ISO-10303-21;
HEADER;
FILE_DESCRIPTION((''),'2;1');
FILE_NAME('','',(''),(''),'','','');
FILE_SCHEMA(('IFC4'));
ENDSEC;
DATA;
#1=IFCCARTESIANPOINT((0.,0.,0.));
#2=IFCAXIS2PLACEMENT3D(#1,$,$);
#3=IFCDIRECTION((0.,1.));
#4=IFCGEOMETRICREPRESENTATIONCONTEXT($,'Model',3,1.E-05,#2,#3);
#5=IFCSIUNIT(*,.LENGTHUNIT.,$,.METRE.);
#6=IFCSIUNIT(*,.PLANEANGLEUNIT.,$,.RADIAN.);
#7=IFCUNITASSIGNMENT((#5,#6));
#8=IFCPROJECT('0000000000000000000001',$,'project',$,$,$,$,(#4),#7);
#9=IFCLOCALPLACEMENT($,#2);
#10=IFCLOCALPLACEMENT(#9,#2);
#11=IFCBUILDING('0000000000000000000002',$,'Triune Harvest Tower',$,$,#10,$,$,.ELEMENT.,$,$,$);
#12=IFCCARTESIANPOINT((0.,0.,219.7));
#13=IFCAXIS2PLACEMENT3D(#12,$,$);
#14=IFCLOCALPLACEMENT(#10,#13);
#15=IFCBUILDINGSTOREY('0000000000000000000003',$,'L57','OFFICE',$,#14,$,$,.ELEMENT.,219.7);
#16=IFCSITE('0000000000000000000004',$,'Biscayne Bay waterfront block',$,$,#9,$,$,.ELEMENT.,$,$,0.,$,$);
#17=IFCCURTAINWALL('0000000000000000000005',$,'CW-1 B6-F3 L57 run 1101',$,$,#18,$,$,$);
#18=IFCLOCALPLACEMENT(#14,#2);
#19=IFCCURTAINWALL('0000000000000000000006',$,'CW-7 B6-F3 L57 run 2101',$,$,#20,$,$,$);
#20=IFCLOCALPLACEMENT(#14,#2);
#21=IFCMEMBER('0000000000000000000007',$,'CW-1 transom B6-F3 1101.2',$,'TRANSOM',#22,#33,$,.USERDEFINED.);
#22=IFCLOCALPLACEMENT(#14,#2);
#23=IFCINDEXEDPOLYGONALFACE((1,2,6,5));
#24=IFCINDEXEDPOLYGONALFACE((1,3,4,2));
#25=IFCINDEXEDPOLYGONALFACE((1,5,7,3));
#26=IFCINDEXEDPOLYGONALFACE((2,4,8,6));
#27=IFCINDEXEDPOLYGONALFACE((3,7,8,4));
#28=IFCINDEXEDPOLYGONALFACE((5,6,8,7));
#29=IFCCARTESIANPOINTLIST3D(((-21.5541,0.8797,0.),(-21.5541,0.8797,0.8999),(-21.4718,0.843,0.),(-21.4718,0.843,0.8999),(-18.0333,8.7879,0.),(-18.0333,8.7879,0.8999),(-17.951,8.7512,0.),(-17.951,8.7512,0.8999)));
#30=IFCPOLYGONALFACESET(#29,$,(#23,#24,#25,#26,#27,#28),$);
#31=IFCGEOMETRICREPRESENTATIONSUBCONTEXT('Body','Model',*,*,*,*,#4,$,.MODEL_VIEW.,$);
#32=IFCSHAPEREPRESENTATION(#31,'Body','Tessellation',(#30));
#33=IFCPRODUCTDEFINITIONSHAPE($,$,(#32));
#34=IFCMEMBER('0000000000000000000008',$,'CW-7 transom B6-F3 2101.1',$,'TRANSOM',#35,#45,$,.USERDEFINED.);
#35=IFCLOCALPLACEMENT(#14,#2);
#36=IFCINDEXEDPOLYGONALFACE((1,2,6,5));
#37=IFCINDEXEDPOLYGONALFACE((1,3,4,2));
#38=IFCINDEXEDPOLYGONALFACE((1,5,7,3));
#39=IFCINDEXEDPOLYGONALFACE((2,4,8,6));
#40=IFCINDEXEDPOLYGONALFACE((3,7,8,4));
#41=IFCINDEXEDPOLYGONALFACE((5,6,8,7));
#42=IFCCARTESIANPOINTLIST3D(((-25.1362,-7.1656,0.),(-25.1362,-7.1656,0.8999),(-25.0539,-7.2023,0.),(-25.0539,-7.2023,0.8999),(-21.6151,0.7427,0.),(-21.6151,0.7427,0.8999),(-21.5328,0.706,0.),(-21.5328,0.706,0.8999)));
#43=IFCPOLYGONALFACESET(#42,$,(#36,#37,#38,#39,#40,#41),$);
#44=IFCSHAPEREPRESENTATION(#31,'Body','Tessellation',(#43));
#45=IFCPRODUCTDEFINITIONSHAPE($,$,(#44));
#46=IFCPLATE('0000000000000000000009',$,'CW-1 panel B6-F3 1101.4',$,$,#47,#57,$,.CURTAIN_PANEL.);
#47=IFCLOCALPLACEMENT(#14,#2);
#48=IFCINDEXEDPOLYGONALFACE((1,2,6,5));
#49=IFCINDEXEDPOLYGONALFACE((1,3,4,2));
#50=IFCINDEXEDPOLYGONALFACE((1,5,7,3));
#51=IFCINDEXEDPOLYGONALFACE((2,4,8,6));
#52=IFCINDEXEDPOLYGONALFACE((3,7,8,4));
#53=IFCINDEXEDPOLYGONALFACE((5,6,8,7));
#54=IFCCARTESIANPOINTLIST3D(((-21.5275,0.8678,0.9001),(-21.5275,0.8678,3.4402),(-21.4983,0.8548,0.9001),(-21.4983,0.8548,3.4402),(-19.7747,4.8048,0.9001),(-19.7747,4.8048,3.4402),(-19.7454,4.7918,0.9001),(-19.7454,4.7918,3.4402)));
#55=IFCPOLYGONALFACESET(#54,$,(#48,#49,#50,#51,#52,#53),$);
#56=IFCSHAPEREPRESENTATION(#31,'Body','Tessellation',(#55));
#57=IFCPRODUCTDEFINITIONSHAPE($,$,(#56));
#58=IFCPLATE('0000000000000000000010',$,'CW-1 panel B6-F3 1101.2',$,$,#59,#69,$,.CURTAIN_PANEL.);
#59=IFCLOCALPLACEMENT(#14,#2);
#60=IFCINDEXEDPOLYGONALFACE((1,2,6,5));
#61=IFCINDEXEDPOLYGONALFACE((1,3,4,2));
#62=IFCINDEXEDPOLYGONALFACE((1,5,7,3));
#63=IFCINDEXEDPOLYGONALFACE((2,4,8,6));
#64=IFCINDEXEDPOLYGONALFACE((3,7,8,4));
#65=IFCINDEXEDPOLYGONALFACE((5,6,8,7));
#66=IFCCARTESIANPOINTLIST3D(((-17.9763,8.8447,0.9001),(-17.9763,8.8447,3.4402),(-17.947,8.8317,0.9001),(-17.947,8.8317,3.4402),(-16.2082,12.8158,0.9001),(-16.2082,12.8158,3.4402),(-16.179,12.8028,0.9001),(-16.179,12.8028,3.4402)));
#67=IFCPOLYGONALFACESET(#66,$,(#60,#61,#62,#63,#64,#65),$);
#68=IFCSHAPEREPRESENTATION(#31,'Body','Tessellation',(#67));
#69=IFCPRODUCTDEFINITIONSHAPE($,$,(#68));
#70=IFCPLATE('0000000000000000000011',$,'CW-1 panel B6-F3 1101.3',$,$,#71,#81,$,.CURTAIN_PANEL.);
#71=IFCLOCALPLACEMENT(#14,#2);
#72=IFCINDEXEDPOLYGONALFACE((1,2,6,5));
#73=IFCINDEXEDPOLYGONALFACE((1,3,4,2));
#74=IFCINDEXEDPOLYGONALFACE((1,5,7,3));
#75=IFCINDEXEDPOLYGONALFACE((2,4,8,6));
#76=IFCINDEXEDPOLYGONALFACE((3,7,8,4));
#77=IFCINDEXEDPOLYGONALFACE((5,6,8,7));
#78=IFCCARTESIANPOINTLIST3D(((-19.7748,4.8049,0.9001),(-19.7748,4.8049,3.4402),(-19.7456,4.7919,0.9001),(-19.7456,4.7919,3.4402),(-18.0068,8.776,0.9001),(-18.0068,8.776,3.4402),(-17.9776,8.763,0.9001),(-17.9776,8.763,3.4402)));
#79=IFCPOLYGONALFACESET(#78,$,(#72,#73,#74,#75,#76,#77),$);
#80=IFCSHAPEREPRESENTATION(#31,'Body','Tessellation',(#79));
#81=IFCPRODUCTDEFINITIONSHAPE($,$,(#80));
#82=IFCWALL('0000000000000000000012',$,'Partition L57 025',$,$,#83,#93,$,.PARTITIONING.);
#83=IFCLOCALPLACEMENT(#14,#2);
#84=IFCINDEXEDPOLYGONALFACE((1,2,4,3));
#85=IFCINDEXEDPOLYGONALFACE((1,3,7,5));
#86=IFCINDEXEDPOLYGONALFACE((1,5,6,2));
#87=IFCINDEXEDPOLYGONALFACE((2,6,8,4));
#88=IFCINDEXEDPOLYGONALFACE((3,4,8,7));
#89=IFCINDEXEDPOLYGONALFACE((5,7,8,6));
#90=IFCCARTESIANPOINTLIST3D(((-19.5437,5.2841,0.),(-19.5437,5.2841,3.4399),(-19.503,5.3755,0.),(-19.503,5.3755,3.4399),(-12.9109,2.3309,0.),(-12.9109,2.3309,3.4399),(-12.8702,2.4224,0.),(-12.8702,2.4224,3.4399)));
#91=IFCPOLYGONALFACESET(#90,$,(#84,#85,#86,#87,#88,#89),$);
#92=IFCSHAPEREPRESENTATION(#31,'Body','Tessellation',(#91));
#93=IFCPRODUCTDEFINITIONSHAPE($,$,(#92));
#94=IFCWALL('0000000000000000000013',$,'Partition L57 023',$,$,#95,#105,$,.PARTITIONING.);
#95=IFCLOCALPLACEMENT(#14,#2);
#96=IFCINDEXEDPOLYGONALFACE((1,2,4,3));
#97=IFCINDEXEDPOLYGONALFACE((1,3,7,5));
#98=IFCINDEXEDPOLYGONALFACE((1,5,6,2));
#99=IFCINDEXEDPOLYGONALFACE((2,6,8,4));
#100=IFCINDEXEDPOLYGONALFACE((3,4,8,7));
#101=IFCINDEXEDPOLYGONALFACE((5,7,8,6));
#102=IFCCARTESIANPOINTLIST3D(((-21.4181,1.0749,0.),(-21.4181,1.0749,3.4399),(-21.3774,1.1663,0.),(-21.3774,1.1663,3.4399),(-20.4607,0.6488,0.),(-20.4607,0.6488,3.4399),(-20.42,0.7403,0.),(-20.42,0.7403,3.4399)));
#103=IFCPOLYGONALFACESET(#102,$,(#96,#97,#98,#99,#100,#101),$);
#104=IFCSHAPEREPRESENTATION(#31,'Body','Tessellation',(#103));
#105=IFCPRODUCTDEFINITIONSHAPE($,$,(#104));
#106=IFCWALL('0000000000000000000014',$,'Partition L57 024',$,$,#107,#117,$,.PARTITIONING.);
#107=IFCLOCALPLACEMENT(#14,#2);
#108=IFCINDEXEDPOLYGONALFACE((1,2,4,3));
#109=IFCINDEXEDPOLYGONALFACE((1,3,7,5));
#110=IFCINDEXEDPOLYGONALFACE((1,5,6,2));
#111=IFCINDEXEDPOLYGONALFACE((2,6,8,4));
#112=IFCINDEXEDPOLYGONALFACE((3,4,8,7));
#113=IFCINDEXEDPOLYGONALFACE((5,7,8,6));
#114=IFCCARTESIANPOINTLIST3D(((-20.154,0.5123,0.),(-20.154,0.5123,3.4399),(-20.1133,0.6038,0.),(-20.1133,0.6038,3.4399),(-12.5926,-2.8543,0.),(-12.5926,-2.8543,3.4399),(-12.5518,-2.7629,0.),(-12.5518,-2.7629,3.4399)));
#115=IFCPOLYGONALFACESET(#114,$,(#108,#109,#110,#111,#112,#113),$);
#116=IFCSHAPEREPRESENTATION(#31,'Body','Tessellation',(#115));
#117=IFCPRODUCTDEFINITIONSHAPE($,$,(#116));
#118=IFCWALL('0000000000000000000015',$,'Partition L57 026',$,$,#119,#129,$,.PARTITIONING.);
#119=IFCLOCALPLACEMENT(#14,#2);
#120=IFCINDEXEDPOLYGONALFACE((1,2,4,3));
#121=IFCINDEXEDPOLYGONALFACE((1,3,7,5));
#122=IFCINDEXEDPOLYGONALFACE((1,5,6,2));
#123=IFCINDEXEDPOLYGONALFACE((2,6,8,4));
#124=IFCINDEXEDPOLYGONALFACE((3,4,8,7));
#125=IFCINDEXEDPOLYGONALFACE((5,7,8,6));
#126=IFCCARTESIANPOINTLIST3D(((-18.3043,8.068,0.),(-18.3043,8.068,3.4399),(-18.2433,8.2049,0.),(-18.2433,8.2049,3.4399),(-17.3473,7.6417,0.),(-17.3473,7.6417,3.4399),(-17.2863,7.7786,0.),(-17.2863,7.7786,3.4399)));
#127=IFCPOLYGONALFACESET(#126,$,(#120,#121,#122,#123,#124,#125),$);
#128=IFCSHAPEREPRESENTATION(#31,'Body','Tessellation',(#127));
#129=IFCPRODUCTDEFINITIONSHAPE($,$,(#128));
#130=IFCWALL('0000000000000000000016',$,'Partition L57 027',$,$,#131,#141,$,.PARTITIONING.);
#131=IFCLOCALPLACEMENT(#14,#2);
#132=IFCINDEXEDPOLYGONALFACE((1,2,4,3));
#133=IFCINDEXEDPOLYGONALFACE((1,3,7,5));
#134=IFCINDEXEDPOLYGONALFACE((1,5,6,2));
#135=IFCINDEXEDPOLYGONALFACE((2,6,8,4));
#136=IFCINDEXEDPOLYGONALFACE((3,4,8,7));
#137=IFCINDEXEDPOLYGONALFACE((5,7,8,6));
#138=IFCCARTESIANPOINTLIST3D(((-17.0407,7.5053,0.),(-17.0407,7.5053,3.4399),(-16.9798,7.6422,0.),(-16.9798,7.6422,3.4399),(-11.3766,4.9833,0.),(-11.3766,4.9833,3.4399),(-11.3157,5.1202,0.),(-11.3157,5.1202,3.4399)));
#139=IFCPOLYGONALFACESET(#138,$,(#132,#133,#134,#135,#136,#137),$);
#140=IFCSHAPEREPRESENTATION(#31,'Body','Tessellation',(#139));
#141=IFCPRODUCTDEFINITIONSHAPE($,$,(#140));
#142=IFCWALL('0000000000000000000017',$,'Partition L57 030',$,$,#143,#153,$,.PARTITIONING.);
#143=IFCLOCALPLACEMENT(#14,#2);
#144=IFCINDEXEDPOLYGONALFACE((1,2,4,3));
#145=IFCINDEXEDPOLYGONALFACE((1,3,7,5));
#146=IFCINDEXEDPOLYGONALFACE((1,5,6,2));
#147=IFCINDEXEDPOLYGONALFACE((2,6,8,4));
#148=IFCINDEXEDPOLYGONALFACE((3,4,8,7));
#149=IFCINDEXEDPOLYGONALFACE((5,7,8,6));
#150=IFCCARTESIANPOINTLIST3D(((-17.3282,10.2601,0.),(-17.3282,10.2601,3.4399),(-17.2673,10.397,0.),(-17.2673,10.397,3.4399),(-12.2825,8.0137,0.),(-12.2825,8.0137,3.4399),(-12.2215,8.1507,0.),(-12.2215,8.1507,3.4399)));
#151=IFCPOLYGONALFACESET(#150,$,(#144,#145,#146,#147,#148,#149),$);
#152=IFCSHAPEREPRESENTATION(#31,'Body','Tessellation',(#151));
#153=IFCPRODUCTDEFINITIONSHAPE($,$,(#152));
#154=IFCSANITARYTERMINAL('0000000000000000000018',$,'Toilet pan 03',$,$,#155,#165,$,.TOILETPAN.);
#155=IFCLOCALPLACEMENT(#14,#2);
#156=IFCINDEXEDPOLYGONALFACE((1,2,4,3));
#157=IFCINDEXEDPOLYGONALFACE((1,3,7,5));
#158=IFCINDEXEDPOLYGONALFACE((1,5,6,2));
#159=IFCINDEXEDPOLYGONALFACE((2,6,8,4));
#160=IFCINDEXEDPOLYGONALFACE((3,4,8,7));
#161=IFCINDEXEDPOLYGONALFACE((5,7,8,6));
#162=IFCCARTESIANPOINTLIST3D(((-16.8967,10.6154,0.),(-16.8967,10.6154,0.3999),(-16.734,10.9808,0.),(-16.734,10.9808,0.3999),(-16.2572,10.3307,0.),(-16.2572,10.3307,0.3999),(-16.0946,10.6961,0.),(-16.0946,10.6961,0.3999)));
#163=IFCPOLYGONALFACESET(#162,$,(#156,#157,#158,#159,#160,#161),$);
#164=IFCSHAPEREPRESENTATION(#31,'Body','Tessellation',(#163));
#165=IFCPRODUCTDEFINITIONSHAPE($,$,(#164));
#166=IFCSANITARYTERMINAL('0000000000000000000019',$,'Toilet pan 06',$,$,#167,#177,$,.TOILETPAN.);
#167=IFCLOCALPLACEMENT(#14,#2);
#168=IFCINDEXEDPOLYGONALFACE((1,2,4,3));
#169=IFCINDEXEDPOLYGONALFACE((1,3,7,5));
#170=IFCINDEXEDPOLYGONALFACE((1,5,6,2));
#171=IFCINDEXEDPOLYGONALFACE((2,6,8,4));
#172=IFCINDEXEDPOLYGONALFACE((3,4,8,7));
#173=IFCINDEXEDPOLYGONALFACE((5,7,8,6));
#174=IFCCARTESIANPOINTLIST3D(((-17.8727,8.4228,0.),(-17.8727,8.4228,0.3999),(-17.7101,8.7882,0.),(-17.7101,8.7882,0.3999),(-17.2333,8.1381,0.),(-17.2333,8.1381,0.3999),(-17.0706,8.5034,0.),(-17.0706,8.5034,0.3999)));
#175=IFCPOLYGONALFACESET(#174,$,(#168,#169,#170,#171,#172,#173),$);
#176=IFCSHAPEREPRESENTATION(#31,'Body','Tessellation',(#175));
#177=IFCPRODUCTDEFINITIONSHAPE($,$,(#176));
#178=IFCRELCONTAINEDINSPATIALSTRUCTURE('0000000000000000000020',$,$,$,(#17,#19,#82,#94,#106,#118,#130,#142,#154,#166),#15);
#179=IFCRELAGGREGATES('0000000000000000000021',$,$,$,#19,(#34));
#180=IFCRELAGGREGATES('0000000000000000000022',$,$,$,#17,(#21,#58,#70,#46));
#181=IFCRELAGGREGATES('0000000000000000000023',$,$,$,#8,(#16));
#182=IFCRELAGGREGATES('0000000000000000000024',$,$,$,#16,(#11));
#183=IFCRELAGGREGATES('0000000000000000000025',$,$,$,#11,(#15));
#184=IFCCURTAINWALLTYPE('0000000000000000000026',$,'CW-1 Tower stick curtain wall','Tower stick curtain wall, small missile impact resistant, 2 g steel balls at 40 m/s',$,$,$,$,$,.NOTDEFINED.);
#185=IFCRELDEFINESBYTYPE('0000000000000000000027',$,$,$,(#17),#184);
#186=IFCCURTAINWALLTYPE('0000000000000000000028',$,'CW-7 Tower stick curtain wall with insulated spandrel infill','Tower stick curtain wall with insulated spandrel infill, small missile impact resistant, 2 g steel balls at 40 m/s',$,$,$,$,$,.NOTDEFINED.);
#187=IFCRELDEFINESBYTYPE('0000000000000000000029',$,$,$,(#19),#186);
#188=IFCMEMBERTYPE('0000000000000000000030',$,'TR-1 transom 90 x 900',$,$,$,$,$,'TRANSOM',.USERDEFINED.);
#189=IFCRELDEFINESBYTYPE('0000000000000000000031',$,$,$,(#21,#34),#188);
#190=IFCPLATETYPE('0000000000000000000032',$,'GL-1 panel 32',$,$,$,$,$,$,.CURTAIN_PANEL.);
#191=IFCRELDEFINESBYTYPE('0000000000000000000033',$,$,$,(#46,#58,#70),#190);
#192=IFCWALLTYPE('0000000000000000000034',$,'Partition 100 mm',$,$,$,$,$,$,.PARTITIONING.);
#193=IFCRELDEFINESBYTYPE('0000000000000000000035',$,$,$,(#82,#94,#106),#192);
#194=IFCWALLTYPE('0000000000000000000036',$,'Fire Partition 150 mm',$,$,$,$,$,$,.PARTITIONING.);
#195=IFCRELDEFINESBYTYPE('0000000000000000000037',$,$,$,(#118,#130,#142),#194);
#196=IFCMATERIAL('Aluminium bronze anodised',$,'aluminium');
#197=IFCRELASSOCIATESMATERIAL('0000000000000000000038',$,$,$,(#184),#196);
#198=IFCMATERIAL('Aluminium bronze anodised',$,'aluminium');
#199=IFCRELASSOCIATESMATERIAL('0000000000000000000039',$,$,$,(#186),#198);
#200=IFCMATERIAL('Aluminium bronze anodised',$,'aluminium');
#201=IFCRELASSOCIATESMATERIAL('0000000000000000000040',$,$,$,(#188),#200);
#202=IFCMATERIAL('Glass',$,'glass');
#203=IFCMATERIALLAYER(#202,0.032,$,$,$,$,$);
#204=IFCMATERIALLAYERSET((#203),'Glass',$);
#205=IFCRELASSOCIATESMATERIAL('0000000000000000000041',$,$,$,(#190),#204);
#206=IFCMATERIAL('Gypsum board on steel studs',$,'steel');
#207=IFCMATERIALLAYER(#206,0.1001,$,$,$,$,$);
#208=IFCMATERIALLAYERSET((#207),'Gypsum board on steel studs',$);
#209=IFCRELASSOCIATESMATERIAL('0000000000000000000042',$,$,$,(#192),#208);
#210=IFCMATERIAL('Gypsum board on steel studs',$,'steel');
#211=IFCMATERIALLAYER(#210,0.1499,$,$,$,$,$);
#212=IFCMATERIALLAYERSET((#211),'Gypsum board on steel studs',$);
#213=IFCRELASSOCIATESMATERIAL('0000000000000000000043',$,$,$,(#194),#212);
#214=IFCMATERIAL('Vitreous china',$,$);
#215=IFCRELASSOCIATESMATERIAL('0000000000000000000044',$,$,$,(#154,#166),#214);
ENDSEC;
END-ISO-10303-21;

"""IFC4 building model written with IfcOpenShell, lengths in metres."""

from ifc_helpers import new_model, si_unit, direction, frame, frame_2d, origin, origin_2d, place, context, subcontext, project, spatial, rectangle, extrude, source, transform, mapped, material, layer, layer_set, material_profile, profile_set, type_object, element, aggregate, save


model = new_model("IFC4")

# Units and contexts
model_context = context("Model", 3, precision=1e-05, world=origin(), true_north=direction((0.0, 1.0)))
body_context = subcontext(model_context, "Body", "Model", "MODEL_VIEW")
ifc_project = project(units=[si_unit("LENGTHUNIT", "METRE"), si_unit("PLANEANGLEUNIT", "RADIAN")], contexts=[model_context])

# Site, building, storey
site_placement = place(None, origin())
site = spatial("IfcSite", under=ifc_project, at=site_placement, Name="Biscayne Bay waterfront block", CompositionType="ELEMENT", RefElevation=0.0)
building_placement = place(site_placement, origin())
building = spatial("IfcBuilding", under=site, at=building_placement, Name="Triune Harvest Tower", CompositionType="ELEMENT")
storey_placement = place(building_placement, frame((0.0, 0.0, 219.7)))
storey = spatial("IfcBuildingStorey", under=building, at=storey_placement, Name="L57", Description="OFFICE", CompositionType="ELEMENT", Elevation=219.7)

# Curtain wall
ifc_material_1 = material(Name="Aluminium bronze anodised", Category="aluminium")
curtain_wall_type_1 = type_object("IfcCurtainWallType", Name="CW-1 Tower stick curtain wall", Description="Tower stick curtain wall, small missile impact resistant, 2 g steel balls at 40 m/s", PredefinedType="NOTDEFINED", material=ifc_material_1)
curtain_wall_1_placement = place(storey_placement, origin())
curtain_wall_1 = element("IfcCurtainWall", 1, at=curtain_wall_1_placement, inside=storey, type_object=curtain_wall_type_1, Name="CW-1 B6-F3 L57 run 1101")

# Curtain wall
ifc_material_2 = material(Name="Aluminium bronze anodised", Category="aluminium")
curtain_wall_type_2 = type_object("IfcCurtainWallType", Name="CW-7 Tower stick curtain wall with insulated spandrel infill", Description="Tower stick curtain wall with insulated spandrel infill, small missile impact resistant, 2 g steel balls at 40 m/s", PredefinedType="NOTDEFINED", material=ifc_material_2)
curtain_wall_2_placement = place(storey_placement, origin())
curtain_wall_2 = element("IfcCurtainWall", 2, at=curtain_wall_2_placement, inside=storey, type_object=curtain_wall_type_2, Name="CW-7 B6-F3 L57 run 2101")

# Members
ifc_material_3 = material(Name="Aluminium bronze anodised", Category="aluminium")
ifc_material_profile_1 = material_profile(ifc_material_3, rectangle(XDim=0.0901, YDim=0.8999, at=origin_2d()), Name="TR-1 transom 90 x 900")
ifc_profile_set_1 = profile_set([ifc_material_profile_1], Name="Aluminium bronze anodised")
member_type_1 = type_object("IfcMemberType", Name="TR-1 transom 90 x 900", ElementType="TRANSOM", PredefinedType="USERDEFINED", material=ifc_profile_set_1)
shared_shape_1 = source(origin(), body_context, "Body", "SweptSolid", [
    extrude(rectangle(XDim=0.0901, YDim=0.8999, at=origin_2d()), origin(), (0.0, 0.0, 1.0), 8.6565),
])
member_1_placement = place(storey_placement, frame((-17.9922, 8.7695, 0.45), z_axis=(-0.406717, -0.913554, 0.0), x_axis=(0.913554, -0.406717, 0.0)))
member_1 = element("IfcMember", 3, at=member_1_placement, type_object=member_type_1, Name="CW-1 transom B6-F3 1101.2", ObjectType="TRANSOM", PredefinedType="USERDEFINED", context=body_context, shape_type="MappedRepresentation", body=[
    mapped(shared_shape_1, transform((0.0, 0.0, 0.0), scale=1.0)),
])
shared_shape_2 = source(origin(), body_context, "Body", "SweptSolid", [
    extrude(rectangle(XDim=0.0901, YDim=0.8999, at=origin_2d()), origin(), (0.0, 0.0, 1.0), 8.6567),
])
member_2_placement = place(storey_placement, frame((-21.574, 0.7244, 0.45), z_axis=(-0.40674, -0.913544, 0.0), x_axis=(0.913544, -0.40674, 0.0)))
member_2 = element("IfcMember", 4, at=member_2_placement, type_object=member_type_1, Name="CW-7 transom B6-F3 2101.1", ObjectType="TRANSOM", PredefinedType="USERDEFINED", context=body_context, shape_type="MappedRepresentation", body=[
    mapped(shared_shape_2, transform((0.0, 0.0, 0.0), scale=1.0)),
])
aggregate(curtain_wall_2, [member_2])

# Plates
ifc_material_4 = material(Name="Glass", Category="glass")
ifc_layer_1 = layer(ifc_material_4, 0.032)
ifc_layer_set_1 = layer_set([ifc_layer_1], Name="Glass")
plate_type = type_object("IfcPlateType", Name="GL-1 panel 32", PredefinedType="CURTAIN_PANEL", material=ifc_layer_set_1)
shared_shape_3 = source(origin(), body_context, "Body", "SweptSolid", [
    extrude(rectangle(XDim=4.3096, YDim=0.032, at=origin_2d()), origin(), (0.0, 0.0, 1.0), 2.54),
])
plate_1_placement = place(storey_placement, frame((-20.6365, 2.8298, 0.9001), z_axis=(0.0, 0.0, 1.0), x_axis=(-0.406734, -0.913547, 0.0)))
plate_1 = element("IfcPlate", 5, at=plate_1_placement, type_object=plate_type, Name="CW-1 panel B6-F3 1101.4", PredefinedType="CURTAIN_PANEL", context=body_context, shape_type="MappedRepresentation", body=[
    mapped(shared_shape_3, transform((0.0, 0.0, 0.0), scale=1.0)),
])
shared_shape_4 = source(origin(), body_context, "Body", "SweptSolid", [
    extrude(rectangle(XDim=4.3469, YDim=0.032, at=origin_2d()), origin(), (0.0, 0.0, 1.0), 2.54),
])
plate_2_placement = place(storey_placement, frame((-17.0776, 10.8237, 0.9001), z_axis=(0.0, 0.0, 1.0), x_axis=(-0.406734, -0.913547, 0.0)))
plate_2 = element("IfcPlate", 6, at=plate_2_placement, type_object=plate_type, Name="CW-1 panel B6-F3 1101.2", PredefinedType="CURTAIN_PANEL", context=body_context, shape_type="MappedRepresentation", body=[
    mapped(shared_shape_4, transform((0.0, 0.0, 0.0), scale=1.0)),
])
plate_3_placement = place(storey_placement, frame((-18.8762, 6.7839, 0.9001), z_axis=(0.0, 0.0, 1.0), x_axis=(-0.406734, -0.913547, 0.0)))
plate_3 = element("IfcPlate", 7, at=plate_3_placement, type_object=plate_type, Name="CW-1 panel B6-F3 1101.3", PredefinedType="CURTAIN_PANEL", context=body_context, shape_type="MappedRepresentation", body=[
    mapped(shared_shape_4, transform((0.0, 0.0, 0.0), scale=1.0)),
])
aggregate(curtain_wall_1, [member_1, plate_2, plate_3, plate_1])

# Walls
ifc_material_5 = material(Name="Gypsum board on steel studs", Category="steel")
ifc_layer_2 = layer(ifc_material_5, 0.1001)
ifc_layer_set_2 = layer_set([ifc_layer_2], Name="Gypsum board on steel studs")
wall_type_1 = type_object("IfcWallType", Name="Partition 100 mm", PredefinedType="PARTITIONING", material=ifc_layer_set_2)
wall_1_placement = place(storey_placement, frame((-19.5234, 5.3298, 0.0), z_axis=(0.0, 0.0, 1.0), x_axis=(0.913545, -0.406737, 0.0)))
element("IfcWall", 8, at=wall_1_placement, inside=storey, type_object=wall_type_1, Name="Partition L57 025", PredefinedType="PARTITIONING", context=body_context, shape_type="SweptSolid", body=[
    extrude(rectangle(XDim=7.2605, YDim=0.1001, at=frame_2d((3.6304, 0.0))), origin(), (0.0, 0.0, 1.0), 3.4399),
])
shared_shape_5 = source(origin(), body_context, "Body", "SweptSolid", [
    extrude(rectangle(XDim=1.0479, YDim=0.1001, at=frame_2d((0.5239, 0.0))), origin(), (0.0, 0.0, 1.0), 3.4399),
])
wall_2_placement = place(storey_placement, frame((-21.3977, 1.1206, 0.0), z_axis=(0.0, 0.0, 1.0), x_axis=(0.91361, -0.406592, 0.0)))
element("IfcWall", 9, at=wall_2_placement, inside=storey, type_object=wall_type_1, Name="Partition L57 023", PredefinedType="PARTITIONING", context=body_context, shape_type="MappedRepresentation", body=[
    mapped(shared_shape_5, transform((0.0, 0.0, 0.0), scale=1.0)),
])
shared_shape_6 = source(origin(), body_context, "Body", "SweptSolid", [
    extrude(rectangle(XDim=8.2771, YDim=0.1001, at=frame_2d((4.1387, 0.0))), origin(), (0.0, 0.0, 1.0), 3.4399),
])
wall_3_placement = place(storey_placement, frame((-20.1338, 0.5581, 0.0), z_axis=(0.0, 0.0, 1.0), x_axis=(0.913541, -0.406746, 0.0)))
element("IfcWall", 10, at=wall_3_placement, inside=storey, type_object=wall_type_1, Name="Partition L57 024", PredefinedType="PARTITIONING", context=body_context, shape_type="MappedRepresentation", body=[
    mapped(shared_shape_6, transform((0.0, 0.0, 0.0), scale=1.0)),
])
ifc_material_6 = material(Name="Gypsum board on steel studs", Category="steel")
ifc_layer_3 = layer(ifc_material_6, 0.1499)
ifc_layer_set_3 = layer_set([ifc_layer_3], Name="Gypsum board on steel studs")
wall_type_2 = type_object("IfcWallType", Name="Fire Partition 150 mm", PredefinedType="PARTITIONING", material=ifc_layer_set_3)
shared_shape_7 = source(origin(), body_context, "Body", "SweptSolid", [
    extrude(rectangle(XDim=1.0476, YDim=0.1499, at=frame_2d((0.5239, 0.0))), origin(), (0.0, 0.0, 1.0), 3.4399),
])
wall_4_placement = place(storey_placement, frame((-18.2739, 8.1365, 0.0), z_axis=(0.0, 0.0, 1.0), x_axis=(0.913485, -0.406873, 0.0)))
element("IfcWall", 11, at=wall_4_placement, inside=storey, type_object=wall_type_2, Name="Partition L57 026", PredefinedType="PARTITIONING", context=body_context, shape_type="MappedRepresentation", body=[
    mapped(shared_shape_7, transform((0.0, 0.0, 0.0), scale=1.0)),
])
shared_shape_8 = source(origin(), body_context, "Body", "SweptSolid", [
    extrude(rectangle(XDim=6.2002, YDim=0.1499, at=frame_2d((3.1001, 0.0))), origin(), (0.0, 0.0, 1.0), 3.4399),
])
wall_5_placement = place(storey_placement, frame((-17.0103, 7.5737, 0.0), z_axis=(0.0, 0.0, 1.0), x_axis=(0.913535, -0.406759, 0.0)))
element("IfcWall", 12, at=wall_5_placement, inside=storey, type_object=wall_type_2, Name="Partition L57 027", PredefinedType="PARTITIONING", context=body_context, shape_type="MappedRepresentation", body=[
    mapped(shared_shape_8, transform((0.0, 0.0, 0.0), scale=1.0)),
])
shared_shape_9 = source(origin(), body_context, "Body", "SweptSolid", [
    extrude(rectangle(XDim=5.5232, YDim=0.1499, at=frame_2d((2.7617, 0.0))), origin(), (0.0, 0.0, 1.0), 3.4399),
])
wall_6_placement = place(storey_placement, frame((-17.2979, 10.3286, 0.0), z_axis=(0.0, 0.0, 1.0), x_axis=(0.913554, -0.406717, 0.0)))
element("IfcWall", 13, at=wall_6_placement, inside=storey, type_object=wall_type_2, Name="Partition L57 030", PredefinedType="PARTITIONING", context=body_context, shape_type="MappedRepresentation", body=[
    mapped(shared_shape_9, transform((0.0, 0.0, 0.0), scale=1.0)),
])

# Sanitary terminals
ifc_material_7 = material(Name="Vitreous china")
shared_shape_10 = source(origin(), body_context, "Body", "SweptSolid", [
    extrude(rectangle(XDim=0.3999, YDim=0.7, at=origin_2d()), origin(), (0.0, 0.0, 1.0), 0.3999),
])
for number, where, z_axis, x_axis, name in (
    (14, (-16.4956, 10.6558, 0.0), (0.0, 0.0, 1.0), (0.406737, 0.913545, 0.0), "Toilet pan 03"),
    (15, (-17.4717, 8.4631, 0.0), (0.0, 0.0, 1.0), (0.406753, 0.913538, 0.0), "Toilet pan 06"),
):
    element("IfcSanitaryTerminal", number, at=place(storey_placement, frame(where, z_axis=z_axis, x_axis=x_axis)), inside=storey, material=ifc_material_7, Name=name, PredefinedType="TOILETPAN", context=body_context, shape_type="MappedRepresentation", body=[
        mapped(shared_shape_10, transform((0.0, 0.0, 0.0), scale=1.0)),
    ])

save(model, "model.ifc")
